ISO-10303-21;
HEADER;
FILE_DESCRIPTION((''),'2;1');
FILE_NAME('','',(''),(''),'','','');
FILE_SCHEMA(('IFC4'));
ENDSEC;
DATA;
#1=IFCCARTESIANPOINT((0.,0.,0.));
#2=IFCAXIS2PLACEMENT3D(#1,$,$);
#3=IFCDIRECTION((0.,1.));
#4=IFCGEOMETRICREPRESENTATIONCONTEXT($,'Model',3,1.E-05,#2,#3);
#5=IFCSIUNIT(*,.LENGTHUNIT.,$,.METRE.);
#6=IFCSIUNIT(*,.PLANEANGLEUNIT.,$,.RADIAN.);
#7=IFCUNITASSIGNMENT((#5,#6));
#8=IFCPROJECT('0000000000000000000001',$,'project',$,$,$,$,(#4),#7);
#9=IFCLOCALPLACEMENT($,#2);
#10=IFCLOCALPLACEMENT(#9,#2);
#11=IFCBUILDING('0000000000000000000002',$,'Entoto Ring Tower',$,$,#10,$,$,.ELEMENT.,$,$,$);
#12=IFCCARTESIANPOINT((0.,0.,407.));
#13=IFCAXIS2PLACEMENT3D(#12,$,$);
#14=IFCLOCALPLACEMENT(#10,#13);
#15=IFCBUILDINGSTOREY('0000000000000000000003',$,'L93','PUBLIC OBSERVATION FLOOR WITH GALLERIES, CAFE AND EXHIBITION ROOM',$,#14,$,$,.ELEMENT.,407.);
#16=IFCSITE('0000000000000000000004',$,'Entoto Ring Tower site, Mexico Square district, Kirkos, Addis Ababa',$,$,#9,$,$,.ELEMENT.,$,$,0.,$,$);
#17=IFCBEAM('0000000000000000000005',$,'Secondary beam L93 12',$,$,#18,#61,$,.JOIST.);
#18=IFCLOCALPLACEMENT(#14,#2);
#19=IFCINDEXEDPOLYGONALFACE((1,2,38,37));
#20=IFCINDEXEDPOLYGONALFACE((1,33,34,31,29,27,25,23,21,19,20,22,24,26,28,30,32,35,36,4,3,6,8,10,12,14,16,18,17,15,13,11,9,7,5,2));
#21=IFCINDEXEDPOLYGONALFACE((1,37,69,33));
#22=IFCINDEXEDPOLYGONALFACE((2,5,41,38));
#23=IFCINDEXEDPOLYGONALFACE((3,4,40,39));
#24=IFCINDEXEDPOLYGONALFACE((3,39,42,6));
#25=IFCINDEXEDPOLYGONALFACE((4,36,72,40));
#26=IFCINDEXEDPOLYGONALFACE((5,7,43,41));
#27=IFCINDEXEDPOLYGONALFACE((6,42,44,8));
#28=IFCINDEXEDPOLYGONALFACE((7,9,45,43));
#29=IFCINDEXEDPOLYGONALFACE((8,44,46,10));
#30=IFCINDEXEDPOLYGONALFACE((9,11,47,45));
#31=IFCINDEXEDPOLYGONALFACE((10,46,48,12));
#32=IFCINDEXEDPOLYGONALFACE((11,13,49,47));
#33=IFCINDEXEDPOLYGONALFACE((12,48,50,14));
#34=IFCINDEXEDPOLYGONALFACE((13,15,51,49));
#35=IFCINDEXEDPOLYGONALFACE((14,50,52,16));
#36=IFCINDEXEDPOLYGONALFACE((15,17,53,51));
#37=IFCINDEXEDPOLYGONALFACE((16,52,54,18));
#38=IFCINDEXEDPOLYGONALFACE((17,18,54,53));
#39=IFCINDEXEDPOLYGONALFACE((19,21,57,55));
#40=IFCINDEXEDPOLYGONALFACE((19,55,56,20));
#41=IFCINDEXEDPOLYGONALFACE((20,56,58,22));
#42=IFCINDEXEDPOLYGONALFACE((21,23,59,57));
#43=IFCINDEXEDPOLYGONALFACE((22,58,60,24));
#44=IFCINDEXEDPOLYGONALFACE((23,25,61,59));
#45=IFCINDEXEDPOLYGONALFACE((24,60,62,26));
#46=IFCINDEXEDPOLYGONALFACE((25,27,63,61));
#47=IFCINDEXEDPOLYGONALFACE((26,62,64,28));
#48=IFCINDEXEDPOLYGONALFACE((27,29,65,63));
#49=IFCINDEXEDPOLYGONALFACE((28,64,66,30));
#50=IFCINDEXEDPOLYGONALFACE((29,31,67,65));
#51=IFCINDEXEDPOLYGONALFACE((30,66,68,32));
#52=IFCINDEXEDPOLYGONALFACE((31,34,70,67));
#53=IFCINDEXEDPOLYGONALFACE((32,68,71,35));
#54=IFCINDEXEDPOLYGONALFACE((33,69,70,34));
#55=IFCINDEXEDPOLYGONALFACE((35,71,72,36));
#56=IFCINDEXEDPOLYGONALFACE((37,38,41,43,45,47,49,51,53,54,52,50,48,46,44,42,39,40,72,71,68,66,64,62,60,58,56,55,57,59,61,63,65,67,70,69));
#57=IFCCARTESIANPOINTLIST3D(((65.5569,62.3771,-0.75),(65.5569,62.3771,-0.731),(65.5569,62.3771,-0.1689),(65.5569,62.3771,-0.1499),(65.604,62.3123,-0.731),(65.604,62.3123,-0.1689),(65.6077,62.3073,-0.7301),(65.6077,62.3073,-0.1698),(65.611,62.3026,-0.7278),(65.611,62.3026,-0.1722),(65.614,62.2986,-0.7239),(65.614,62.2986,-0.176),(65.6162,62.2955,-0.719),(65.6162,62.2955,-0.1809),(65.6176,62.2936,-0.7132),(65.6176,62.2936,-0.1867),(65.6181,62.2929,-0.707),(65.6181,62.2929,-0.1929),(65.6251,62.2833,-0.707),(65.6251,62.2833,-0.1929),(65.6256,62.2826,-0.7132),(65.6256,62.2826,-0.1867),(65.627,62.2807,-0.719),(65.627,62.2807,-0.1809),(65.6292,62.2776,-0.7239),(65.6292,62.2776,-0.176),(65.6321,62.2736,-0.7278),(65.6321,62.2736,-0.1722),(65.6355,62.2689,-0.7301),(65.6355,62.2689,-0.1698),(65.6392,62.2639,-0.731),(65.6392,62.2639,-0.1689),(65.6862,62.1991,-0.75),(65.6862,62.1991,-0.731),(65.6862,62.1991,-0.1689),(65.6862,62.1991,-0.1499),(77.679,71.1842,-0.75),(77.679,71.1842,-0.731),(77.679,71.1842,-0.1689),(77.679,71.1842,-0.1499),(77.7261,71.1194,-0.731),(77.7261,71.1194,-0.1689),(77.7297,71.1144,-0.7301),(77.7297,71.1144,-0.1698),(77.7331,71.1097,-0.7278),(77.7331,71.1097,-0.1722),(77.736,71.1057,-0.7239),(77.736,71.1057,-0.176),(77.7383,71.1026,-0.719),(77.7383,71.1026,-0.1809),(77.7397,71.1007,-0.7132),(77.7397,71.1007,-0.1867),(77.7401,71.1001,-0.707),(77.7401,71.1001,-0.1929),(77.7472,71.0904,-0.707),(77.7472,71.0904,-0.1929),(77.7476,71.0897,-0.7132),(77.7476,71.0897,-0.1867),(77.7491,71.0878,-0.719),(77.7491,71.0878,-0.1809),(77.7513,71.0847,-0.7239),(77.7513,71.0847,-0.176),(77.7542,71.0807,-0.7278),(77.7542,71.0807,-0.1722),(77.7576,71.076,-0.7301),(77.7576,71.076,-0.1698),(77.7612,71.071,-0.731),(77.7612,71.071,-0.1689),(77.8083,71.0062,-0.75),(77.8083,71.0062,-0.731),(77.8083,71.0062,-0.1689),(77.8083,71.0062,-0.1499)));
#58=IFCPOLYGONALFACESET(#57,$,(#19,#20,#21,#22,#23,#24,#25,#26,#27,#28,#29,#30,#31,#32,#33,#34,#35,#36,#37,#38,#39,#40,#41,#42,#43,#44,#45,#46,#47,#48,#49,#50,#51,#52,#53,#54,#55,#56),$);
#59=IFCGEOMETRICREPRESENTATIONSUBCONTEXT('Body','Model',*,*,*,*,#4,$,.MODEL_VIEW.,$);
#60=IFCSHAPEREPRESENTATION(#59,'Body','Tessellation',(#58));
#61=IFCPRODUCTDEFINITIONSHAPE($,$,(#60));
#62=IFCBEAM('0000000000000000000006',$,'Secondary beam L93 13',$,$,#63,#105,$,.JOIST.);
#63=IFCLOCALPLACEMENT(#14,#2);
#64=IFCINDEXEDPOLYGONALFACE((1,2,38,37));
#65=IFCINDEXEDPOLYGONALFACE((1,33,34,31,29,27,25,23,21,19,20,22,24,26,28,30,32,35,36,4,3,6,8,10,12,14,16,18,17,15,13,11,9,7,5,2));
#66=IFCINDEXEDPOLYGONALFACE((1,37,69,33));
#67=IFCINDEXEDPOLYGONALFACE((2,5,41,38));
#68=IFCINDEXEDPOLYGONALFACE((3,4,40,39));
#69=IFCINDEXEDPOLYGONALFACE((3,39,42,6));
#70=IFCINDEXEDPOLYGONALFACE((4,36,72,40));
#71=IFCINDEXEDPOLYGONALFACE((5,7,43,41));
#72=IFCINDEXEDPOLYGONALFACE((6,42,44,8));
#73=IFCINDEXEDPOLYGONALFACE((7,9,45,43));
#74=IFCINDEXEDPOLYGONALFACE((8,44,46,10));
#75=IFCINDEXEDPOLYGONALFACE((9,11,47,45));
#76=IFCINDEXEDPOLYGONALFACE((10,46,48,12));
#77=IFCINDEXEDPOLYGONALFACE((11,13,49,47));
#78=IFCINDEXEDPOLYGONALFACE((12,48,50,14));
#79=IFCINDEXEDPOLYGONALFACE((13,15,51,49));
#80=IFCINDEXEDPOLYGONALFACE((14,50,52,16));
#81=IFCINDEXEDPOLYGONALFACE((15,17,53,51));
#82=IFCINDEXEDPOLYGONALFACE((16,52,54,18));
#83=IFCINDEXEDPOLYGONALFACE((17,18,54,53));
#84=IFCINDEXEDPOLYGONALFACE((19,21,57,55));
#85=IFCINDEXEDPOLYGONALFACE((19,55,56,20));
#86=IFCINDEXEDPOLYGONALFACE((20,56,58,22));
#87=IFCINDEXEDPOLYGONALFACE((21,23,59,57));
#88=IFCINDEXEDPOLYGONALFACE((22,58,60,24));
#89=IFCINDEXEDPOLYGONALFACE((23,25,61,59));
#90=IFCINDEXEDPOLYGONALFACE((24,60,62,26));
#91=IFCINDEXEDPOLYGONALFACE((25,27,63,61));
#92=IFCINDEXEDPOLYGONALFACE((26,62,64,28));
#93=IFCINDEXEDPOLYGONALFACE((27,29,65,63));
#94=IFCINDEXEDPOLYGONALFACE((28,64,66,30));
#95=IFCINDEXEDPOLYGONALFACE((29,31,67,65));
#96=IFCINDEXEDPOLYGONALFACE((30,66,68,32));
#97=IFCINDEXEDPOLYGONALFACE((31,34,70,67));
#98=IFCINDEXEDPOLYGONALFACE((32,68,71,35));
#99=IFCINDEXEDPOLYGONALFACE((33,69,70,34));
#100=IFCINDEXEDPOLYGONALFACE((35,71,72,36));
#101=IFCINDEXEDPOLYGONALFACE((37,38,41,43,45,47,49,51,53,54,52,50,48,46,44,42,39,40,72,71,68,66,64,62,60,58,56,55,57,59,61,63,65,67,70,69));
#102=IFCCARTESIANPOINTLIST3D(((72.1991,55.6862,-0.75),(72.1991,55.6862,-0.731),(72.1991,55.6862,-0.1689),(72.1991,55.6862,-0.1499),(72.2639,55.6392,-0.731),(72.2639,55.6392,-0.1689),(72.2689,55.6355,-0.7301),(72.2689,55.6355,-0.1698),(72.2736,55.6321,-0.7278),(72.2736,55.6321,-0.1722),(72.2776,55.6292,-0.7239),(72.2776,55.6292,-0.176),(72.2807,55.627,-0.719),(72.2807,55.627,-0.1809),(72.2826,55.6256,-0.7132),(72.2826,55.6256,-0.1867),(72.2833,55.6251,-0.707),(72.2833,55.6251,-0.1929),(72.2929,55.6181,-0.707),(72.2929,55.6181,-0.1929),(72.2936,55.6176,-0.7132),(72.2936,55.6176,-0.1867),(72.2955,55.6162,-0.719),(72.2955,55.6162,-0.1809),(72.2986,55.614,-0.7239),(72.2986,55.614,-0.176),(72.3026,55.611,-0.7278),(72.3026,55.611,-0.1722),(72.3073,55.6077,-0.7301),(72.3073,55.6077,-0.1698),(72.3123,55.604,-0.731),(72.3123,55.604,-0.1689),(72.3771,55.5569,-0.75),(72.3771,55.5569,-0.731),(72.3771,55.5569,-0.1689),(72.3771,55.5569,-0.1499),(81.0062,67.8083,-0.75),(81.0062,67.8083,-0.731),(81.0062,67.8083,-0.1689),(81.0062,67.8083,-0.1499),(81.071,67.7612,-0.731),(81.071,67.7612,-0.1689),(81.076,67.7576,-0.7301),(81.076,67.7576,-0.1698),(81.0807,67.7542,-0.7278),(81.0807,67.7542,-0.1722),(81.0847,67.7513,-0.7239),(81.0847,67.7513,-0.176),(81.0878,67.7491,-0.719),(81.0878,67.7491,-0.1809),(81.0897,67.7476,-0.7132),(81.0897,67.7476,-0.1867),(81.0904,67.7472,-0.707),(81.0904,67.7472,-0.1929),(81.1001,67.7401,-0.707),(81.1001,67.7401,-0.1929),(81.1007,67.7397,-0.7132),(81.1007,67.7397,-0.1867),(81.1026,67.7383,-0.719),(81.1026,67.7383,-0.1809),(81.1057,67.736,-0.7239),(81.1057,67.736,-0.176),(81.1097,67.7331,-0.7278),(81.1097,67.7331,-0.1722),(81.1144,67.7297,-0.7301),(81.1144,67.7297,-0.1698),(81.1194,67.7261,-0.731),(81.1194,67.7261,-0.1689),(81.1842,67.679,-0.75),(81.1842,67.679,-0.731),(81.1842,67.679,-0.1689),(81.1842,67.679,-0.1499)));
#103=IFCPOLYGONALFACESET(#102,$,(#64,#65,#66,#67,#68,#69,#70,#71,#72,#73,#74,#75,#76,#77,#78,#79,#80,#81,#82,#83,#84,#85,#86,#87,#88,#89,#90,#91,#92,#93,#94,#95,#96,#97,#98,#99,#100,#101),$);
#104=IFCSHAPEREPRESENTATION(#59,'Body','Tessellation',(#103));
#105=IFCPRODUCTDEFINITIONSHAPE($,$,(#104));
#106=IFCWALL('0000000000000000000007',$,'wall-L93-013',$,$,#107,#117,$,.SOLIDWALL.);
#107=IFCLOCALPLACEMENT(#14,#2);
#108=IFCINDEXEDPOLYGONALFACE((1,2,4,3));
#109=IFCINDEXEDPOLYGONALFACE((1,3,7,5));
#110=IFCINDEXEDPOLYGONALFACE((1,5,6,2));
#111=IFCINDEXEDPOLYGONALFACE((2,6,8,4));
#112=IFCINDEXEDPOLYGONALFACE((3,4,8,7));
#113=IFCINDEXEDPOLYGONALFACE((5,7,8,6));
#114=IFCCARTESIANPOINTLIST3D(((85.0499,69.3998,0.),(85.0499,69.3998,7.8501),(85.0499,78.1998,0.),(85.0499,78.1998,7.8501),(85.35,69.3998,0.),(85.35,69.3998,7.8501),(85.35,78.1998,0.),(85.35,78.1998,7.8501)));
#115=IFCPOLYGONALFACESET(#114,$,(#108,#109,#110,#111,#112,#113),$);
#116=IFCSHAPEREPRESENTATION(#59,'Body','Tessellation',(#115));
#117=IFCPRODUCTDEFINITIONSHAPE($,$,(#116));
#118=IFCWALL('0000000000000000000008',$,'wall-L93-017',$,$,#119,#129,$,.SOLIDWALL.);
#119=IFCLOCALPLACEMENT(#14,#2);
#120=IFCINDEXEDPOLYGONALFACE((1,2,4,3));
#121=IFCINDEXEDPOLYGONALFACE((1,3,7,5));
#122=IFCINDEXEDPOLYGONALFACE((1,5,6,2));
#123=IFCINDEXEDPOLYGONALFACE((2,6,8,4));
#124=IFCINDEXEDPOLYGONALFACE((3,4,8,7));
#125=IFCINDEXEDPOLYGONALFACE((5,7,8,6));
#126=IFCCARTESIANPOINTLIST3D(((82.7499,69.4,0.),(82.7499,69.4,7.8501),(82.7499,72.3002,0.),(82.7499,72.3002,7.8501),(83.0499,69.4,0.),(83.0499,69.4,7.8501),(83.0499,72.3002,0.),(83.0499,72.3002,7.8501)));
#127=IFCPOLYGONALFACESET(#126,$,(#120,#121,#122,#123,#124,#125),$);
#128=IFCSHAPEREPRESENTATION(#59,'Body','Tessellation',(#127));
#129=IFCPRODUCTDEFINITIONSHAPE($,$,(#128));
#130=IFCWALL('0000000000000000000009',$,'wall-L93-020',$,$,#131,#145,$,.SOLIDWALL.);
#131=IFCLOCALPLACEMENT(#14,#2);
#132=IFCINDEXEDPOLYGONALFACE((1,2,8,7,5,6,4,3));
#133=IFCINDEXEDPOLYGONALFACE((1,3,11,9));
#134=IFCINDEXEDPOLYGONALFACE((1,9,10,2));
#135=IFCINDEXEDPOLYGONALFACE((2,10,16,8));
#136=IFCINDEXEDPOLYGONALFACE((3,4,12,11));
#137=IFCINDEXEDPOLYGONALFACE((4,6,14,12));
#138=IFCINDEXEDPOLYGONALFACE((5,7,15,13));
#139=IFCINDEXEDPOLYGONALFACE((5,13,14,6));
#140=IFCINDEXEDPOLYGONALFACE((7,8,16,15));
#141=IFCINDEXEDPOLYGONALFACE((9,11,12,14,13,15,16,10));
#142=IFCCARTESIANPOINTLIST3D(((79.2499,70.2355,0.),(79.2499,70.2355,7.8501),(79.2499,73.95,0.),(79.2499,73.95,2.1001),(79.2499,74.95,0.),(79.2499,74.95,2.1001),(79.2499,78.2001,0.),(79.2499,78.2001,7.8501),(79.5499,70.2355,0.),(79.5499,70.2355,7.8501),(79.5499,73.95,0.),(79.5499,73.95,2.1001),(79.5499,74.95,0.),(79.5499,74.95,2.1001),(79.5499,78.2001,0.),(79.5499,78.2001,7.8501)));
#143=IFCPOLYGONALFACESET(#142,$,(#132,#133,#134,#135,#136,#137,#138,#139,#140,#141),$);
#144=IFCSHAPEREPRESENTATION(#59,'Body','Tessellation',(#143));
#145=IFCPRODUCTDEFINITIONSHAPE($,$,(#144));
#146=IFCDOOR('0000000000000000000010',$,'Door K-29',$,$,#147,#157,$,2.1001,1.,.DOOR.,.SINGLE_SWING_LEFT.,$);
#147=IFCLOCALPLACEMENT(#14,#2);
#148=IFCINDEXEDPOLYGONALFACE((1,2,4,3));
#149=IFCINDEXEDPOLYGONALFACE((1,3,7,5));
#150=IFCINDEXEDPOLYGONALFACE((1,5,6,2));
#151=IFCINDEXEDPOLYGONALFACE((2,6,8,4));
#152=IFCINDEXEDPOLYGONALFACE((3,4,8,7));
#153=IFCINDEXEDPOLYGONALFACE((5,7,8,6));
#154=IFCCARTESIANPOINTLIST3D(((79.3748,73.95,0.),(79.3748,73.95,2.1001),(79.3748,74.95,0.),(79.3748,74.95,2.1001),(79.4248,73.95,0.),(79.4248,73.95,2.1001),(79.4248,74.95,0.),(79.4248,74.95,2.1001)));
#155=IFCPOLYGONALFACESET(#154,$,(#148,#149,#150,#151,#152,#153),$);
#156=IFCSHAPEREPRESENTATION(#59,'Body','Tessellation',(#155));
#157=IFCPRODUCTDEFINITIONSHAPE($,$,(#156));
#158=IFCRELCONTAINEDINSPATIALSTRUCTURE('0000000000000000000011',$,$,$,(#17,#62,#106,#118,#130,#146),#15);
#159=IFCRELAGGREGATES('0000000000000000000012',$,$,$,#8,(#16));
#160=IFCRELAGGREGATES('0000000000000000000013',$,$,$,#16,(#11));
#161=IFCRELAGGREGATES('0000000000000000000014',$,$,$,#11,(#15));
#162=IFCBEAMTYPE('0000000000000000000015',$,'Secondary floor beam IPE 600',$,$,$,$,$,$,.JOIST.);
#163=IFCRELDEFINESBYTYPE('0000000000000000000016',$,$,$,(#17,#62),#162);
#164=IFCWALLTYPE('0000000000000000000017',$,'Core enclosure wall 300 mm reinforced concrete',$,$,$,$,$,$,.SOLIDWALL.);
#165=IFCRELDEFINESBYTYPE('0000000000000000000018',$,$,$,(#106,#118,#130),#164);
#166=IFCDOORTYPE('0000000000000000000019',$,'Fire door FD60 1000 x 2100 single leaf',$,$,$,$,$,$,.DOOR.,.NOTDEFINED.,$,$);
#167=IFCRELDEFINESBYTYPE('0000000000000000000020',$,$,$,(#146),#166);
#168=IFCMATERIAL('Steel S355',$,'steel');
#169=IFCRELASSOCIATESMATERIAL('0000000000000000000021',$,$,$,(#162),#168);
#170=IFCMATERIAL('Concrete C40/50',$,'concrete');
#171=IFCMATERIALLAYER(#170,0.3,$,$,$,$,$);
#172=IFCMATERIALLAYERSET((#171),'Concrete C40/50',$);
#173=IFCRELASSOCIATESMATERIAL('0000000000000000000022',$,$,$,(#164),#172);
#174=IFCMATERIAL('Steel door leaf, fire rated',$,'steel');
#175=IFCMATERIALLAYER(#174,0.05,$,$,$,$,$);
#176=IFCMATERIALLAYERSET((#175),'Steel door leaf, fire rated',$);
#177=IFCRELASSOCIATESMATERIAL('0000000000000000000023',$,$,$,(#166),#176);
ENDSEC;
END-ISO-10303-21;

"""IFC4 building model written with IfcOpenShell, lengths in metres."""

from ifc_helpers import new_model, si_unit, direction, frame, frame_2d, origin, origin_2d, place, context, subcontext, project, spatial, rectangle, i_section, extrude, material, layer, layer_set, material_profile, profile_set, type_object, element, fill, save


model = new_model("IFC4")

# Units and contexts
model_context = context("Model", 3, precision=1e-05, world=origin(), true_north=direction((0.0, 1.0)))
body_context = subcontext(model_context, "Body", "Model", "MODEL_VIEW")
ifc_project = project(units=[si_unit("LENGTHUNIT", "METRE"), si_unit("PLANEANGLEUNIT", "RADIAN")], contexts=[model_context])

# Site, building, storey
site_placement = place(None, origin())
site = spatial("IfcSite", under=ifc_project, at=site_placement, Name="Entoto Ring Tower site, Mexico Square district, Kirkos, Addis Ababa", CompositionType="ELEMENT", RefElevation=0.0)
building_placement = place(site_placement, origin())
building = spatial("IfcBuilding", under=site, at=building_placement, Name="Entoto Ring Tower", CompositionType="ELEMENT")
storey_placement = place(building_placement, frame((0.0, 0.0, 407.0)))
storey = spatial("IfcBuildingStorey", under=building, at=storey_placement, Name="L93", Description="PUBLIC OBSERVATION FLOOR WITH GALLERIES, CAFE AND EXHIBITION ROOM", CompositionType="ELEMENT", Elevation=407.0)

# Beams
ifc_material_1 = material(Name="Steel S355", Category="steel")
ifc_material_profile_1 = material_profile(ifc_material_1, i_section(OverallWidth=0.22, OverallDepth=0.6001, WebThickness=0.012, FlangeThickness=0.019, FilletRadius=0.0239, at=origin_2d()), Name="IPE 600")
ifc_profile_set_1 = profile_set([ifc_material_profile_1], Name="Steel S355")
beam_type_1 = type_object("IfcBeamType", Name="Secondary floor beam IPE 600", PredefinedType="JOIST", material=ifc_profile_set_1)
for number, where, z_axis, x_axis, name in (
    (1, (77.7437, 71.0952, -0.45), (-0.809019, -0.587782, 0.0), (0.587782, -0.809019, 0.0), "Secondary beam L93 12"),
    (2, (81.0952, 67.7437, -0.45), (-0.587782, -0.809019, 0.0), (0.809019, -0.587782, 0.0), "Secondary beam L93 13"),
):
    element("IfcBeam", number, at=place(storey_placement, frame(where, z_axis=z_axis, x_axis=x_axis)), inside=storey, type_object=beam_type_1, Name=name, PredefinedType="JOIST", context=body_context, shape_type="SweptSolid", body=[
        extrude(i_section(OverallWidth=0.22, OverallDepth=0.6001, WebThickness=0.012, FlangeThickness=0.019, FilletRadius=0.0239, at=origin_2d()), origin(), (0.0, 0.0, 1.0), 14.9836),
    ])

# Walls
ifc_material_2 = material(Name="Concrete C40/50", Category="concrete")
ifc_layer_1 = layer(ifc_material_2, 0.3)
ifc_layer_set_1 = layer_set([ifc_layer_1], Name="Concrete C40/50")
wall_type_1 = type_object("IfcWallType", Name="Core enclosure wall 300 mm reinforced concrete", PredefinedType="SOLIDWALL", material=ifc_layer_set_1)
wall_1_placement = place(storey_placement, frame((85.2, 69.3999, 0.0), z_axis=(0.0, 0.0, 1.0), x_axis=(0.0, 1.0, 0.0)))
element("IfcWall", 3, at=wall_1_placement, inside=storey, type_object=wall_type_1, Name="wall-L93-013", PredefinedType="SOLIDWALL", context=body_context, shape_type="SweptSolid", body=[
    extrude(rectangle(XDim=8.8, YDim=0.3, at=frame_2d((4.3999, 0.0))), origin(), (0.0, 0.0, 1.0), 7.8501),
])
wall_2_placement = place(storey_placement, frame((82.8999, 69.3999, 0.0), z_axis=(0.0, 0.0, 1.0), x_axis=(0.0, 1.0, 0.0)))
element("IfcWall", 4, at=wall_2_placement, inside=storey, type_object=wall_type_1, Name="wall-L93-017", PredefinedType="SOLIDWALL", context=body_context, shape_type="SweptSolid", body=[
    extrude(rectangle(XDim=2.9001, YDim=0.3, at=frame_2d((1.4502, 0.0))), origin(), (0.0, 0.0, 1.0), 7.8501),
])

# Wall, opening, door
wall_3_placement = place(storey_placement, frame((79.3999, 70.2354, 0.0), z_axis=(0.0, 0.0, 1.0), x_axis=(0.0, 1.0, 0.0)))
wall_3 = element("IfcWall", 5, at=wall_3_placement, inside=storey, type_object=wall_type_1, Name="wall-L93-020", PredefinedType="SOLIDWALL", context=body_context, shape_type="SweptSolid", body=[
    extrude(rectangle(XDim=7.9646, YDim=0.3, at=frame_2d((3.9824, 0.0))), origin(), (0.0, 0.0, 1.0), 7.8501),
])
opening_1_placement = place(wall_3_placement, frame((3.7146, 0.0, 0.0)))
opening_1 = element("IfcOpeningElement", 6, at=opening_1_placement, cuts=wall_3, PredefinedType="OPENING", context=body_context, shape_type="SweptSolid", body=[
    extrude(rectangle(XDim=1.0, YDim=2.1001, at=frame_2d((0.5, 1.05))), frame((0.0, 0.1602, 0.0), z_axis=(0.0, -1.0, 0.0), x_axis=(1.0, 0.0, 0.0)), (0.0, 0.0, 1.0), 0.3201),
])
ifc_material_3 = material(Name="Steel door leaf, fire rated", Category="steel")
ifc_layer_2 = layer(ifc_material_3, 0.05)
ifc_layer_set_2 = layer_set([ifc_layer_2], Name="Steel door leaf, fire rated")
door_type_1 = type_object("IfcDoorType", Name="Fire door FD60 1000 x 2100 single leaf", OperationType="NOTDEFINED", PredefinedType="DOOR", material=ifc_layer_set_2)
door_1_placement = place(opening_1_placement, frame((1.0, 0.0, 0.0), z_axis=(0.0, 0.0, 1.0), x_axis=(-1.0, 0.0, 0.0)))
door_1 = element("IfcDoor", 7, at=door_1_placement, inside=storey, type_object=door_type_1, Name="Door K-29", OperationType="SINGLE_SWING_LEFT", OverallHeight=2.1001, OverallWidth=1.0, PredefinedType="DOOR", context=body_context, shape_type="SweptSolid", body=[
    extrude(rectangle(XDim=1.0, YDim=2.1001, at=frame_2d((0.5, 1.05))), frame((0.0, 0.0249, 0.0), z_axis=(0.0, -1.0, 0.0), x_axis=(1.0, 0.0, 0.0)), (0.0, 0.0, 1.0), 0.05),
])
fill(opening_1, door_1)

save(model, "model.ifc")
